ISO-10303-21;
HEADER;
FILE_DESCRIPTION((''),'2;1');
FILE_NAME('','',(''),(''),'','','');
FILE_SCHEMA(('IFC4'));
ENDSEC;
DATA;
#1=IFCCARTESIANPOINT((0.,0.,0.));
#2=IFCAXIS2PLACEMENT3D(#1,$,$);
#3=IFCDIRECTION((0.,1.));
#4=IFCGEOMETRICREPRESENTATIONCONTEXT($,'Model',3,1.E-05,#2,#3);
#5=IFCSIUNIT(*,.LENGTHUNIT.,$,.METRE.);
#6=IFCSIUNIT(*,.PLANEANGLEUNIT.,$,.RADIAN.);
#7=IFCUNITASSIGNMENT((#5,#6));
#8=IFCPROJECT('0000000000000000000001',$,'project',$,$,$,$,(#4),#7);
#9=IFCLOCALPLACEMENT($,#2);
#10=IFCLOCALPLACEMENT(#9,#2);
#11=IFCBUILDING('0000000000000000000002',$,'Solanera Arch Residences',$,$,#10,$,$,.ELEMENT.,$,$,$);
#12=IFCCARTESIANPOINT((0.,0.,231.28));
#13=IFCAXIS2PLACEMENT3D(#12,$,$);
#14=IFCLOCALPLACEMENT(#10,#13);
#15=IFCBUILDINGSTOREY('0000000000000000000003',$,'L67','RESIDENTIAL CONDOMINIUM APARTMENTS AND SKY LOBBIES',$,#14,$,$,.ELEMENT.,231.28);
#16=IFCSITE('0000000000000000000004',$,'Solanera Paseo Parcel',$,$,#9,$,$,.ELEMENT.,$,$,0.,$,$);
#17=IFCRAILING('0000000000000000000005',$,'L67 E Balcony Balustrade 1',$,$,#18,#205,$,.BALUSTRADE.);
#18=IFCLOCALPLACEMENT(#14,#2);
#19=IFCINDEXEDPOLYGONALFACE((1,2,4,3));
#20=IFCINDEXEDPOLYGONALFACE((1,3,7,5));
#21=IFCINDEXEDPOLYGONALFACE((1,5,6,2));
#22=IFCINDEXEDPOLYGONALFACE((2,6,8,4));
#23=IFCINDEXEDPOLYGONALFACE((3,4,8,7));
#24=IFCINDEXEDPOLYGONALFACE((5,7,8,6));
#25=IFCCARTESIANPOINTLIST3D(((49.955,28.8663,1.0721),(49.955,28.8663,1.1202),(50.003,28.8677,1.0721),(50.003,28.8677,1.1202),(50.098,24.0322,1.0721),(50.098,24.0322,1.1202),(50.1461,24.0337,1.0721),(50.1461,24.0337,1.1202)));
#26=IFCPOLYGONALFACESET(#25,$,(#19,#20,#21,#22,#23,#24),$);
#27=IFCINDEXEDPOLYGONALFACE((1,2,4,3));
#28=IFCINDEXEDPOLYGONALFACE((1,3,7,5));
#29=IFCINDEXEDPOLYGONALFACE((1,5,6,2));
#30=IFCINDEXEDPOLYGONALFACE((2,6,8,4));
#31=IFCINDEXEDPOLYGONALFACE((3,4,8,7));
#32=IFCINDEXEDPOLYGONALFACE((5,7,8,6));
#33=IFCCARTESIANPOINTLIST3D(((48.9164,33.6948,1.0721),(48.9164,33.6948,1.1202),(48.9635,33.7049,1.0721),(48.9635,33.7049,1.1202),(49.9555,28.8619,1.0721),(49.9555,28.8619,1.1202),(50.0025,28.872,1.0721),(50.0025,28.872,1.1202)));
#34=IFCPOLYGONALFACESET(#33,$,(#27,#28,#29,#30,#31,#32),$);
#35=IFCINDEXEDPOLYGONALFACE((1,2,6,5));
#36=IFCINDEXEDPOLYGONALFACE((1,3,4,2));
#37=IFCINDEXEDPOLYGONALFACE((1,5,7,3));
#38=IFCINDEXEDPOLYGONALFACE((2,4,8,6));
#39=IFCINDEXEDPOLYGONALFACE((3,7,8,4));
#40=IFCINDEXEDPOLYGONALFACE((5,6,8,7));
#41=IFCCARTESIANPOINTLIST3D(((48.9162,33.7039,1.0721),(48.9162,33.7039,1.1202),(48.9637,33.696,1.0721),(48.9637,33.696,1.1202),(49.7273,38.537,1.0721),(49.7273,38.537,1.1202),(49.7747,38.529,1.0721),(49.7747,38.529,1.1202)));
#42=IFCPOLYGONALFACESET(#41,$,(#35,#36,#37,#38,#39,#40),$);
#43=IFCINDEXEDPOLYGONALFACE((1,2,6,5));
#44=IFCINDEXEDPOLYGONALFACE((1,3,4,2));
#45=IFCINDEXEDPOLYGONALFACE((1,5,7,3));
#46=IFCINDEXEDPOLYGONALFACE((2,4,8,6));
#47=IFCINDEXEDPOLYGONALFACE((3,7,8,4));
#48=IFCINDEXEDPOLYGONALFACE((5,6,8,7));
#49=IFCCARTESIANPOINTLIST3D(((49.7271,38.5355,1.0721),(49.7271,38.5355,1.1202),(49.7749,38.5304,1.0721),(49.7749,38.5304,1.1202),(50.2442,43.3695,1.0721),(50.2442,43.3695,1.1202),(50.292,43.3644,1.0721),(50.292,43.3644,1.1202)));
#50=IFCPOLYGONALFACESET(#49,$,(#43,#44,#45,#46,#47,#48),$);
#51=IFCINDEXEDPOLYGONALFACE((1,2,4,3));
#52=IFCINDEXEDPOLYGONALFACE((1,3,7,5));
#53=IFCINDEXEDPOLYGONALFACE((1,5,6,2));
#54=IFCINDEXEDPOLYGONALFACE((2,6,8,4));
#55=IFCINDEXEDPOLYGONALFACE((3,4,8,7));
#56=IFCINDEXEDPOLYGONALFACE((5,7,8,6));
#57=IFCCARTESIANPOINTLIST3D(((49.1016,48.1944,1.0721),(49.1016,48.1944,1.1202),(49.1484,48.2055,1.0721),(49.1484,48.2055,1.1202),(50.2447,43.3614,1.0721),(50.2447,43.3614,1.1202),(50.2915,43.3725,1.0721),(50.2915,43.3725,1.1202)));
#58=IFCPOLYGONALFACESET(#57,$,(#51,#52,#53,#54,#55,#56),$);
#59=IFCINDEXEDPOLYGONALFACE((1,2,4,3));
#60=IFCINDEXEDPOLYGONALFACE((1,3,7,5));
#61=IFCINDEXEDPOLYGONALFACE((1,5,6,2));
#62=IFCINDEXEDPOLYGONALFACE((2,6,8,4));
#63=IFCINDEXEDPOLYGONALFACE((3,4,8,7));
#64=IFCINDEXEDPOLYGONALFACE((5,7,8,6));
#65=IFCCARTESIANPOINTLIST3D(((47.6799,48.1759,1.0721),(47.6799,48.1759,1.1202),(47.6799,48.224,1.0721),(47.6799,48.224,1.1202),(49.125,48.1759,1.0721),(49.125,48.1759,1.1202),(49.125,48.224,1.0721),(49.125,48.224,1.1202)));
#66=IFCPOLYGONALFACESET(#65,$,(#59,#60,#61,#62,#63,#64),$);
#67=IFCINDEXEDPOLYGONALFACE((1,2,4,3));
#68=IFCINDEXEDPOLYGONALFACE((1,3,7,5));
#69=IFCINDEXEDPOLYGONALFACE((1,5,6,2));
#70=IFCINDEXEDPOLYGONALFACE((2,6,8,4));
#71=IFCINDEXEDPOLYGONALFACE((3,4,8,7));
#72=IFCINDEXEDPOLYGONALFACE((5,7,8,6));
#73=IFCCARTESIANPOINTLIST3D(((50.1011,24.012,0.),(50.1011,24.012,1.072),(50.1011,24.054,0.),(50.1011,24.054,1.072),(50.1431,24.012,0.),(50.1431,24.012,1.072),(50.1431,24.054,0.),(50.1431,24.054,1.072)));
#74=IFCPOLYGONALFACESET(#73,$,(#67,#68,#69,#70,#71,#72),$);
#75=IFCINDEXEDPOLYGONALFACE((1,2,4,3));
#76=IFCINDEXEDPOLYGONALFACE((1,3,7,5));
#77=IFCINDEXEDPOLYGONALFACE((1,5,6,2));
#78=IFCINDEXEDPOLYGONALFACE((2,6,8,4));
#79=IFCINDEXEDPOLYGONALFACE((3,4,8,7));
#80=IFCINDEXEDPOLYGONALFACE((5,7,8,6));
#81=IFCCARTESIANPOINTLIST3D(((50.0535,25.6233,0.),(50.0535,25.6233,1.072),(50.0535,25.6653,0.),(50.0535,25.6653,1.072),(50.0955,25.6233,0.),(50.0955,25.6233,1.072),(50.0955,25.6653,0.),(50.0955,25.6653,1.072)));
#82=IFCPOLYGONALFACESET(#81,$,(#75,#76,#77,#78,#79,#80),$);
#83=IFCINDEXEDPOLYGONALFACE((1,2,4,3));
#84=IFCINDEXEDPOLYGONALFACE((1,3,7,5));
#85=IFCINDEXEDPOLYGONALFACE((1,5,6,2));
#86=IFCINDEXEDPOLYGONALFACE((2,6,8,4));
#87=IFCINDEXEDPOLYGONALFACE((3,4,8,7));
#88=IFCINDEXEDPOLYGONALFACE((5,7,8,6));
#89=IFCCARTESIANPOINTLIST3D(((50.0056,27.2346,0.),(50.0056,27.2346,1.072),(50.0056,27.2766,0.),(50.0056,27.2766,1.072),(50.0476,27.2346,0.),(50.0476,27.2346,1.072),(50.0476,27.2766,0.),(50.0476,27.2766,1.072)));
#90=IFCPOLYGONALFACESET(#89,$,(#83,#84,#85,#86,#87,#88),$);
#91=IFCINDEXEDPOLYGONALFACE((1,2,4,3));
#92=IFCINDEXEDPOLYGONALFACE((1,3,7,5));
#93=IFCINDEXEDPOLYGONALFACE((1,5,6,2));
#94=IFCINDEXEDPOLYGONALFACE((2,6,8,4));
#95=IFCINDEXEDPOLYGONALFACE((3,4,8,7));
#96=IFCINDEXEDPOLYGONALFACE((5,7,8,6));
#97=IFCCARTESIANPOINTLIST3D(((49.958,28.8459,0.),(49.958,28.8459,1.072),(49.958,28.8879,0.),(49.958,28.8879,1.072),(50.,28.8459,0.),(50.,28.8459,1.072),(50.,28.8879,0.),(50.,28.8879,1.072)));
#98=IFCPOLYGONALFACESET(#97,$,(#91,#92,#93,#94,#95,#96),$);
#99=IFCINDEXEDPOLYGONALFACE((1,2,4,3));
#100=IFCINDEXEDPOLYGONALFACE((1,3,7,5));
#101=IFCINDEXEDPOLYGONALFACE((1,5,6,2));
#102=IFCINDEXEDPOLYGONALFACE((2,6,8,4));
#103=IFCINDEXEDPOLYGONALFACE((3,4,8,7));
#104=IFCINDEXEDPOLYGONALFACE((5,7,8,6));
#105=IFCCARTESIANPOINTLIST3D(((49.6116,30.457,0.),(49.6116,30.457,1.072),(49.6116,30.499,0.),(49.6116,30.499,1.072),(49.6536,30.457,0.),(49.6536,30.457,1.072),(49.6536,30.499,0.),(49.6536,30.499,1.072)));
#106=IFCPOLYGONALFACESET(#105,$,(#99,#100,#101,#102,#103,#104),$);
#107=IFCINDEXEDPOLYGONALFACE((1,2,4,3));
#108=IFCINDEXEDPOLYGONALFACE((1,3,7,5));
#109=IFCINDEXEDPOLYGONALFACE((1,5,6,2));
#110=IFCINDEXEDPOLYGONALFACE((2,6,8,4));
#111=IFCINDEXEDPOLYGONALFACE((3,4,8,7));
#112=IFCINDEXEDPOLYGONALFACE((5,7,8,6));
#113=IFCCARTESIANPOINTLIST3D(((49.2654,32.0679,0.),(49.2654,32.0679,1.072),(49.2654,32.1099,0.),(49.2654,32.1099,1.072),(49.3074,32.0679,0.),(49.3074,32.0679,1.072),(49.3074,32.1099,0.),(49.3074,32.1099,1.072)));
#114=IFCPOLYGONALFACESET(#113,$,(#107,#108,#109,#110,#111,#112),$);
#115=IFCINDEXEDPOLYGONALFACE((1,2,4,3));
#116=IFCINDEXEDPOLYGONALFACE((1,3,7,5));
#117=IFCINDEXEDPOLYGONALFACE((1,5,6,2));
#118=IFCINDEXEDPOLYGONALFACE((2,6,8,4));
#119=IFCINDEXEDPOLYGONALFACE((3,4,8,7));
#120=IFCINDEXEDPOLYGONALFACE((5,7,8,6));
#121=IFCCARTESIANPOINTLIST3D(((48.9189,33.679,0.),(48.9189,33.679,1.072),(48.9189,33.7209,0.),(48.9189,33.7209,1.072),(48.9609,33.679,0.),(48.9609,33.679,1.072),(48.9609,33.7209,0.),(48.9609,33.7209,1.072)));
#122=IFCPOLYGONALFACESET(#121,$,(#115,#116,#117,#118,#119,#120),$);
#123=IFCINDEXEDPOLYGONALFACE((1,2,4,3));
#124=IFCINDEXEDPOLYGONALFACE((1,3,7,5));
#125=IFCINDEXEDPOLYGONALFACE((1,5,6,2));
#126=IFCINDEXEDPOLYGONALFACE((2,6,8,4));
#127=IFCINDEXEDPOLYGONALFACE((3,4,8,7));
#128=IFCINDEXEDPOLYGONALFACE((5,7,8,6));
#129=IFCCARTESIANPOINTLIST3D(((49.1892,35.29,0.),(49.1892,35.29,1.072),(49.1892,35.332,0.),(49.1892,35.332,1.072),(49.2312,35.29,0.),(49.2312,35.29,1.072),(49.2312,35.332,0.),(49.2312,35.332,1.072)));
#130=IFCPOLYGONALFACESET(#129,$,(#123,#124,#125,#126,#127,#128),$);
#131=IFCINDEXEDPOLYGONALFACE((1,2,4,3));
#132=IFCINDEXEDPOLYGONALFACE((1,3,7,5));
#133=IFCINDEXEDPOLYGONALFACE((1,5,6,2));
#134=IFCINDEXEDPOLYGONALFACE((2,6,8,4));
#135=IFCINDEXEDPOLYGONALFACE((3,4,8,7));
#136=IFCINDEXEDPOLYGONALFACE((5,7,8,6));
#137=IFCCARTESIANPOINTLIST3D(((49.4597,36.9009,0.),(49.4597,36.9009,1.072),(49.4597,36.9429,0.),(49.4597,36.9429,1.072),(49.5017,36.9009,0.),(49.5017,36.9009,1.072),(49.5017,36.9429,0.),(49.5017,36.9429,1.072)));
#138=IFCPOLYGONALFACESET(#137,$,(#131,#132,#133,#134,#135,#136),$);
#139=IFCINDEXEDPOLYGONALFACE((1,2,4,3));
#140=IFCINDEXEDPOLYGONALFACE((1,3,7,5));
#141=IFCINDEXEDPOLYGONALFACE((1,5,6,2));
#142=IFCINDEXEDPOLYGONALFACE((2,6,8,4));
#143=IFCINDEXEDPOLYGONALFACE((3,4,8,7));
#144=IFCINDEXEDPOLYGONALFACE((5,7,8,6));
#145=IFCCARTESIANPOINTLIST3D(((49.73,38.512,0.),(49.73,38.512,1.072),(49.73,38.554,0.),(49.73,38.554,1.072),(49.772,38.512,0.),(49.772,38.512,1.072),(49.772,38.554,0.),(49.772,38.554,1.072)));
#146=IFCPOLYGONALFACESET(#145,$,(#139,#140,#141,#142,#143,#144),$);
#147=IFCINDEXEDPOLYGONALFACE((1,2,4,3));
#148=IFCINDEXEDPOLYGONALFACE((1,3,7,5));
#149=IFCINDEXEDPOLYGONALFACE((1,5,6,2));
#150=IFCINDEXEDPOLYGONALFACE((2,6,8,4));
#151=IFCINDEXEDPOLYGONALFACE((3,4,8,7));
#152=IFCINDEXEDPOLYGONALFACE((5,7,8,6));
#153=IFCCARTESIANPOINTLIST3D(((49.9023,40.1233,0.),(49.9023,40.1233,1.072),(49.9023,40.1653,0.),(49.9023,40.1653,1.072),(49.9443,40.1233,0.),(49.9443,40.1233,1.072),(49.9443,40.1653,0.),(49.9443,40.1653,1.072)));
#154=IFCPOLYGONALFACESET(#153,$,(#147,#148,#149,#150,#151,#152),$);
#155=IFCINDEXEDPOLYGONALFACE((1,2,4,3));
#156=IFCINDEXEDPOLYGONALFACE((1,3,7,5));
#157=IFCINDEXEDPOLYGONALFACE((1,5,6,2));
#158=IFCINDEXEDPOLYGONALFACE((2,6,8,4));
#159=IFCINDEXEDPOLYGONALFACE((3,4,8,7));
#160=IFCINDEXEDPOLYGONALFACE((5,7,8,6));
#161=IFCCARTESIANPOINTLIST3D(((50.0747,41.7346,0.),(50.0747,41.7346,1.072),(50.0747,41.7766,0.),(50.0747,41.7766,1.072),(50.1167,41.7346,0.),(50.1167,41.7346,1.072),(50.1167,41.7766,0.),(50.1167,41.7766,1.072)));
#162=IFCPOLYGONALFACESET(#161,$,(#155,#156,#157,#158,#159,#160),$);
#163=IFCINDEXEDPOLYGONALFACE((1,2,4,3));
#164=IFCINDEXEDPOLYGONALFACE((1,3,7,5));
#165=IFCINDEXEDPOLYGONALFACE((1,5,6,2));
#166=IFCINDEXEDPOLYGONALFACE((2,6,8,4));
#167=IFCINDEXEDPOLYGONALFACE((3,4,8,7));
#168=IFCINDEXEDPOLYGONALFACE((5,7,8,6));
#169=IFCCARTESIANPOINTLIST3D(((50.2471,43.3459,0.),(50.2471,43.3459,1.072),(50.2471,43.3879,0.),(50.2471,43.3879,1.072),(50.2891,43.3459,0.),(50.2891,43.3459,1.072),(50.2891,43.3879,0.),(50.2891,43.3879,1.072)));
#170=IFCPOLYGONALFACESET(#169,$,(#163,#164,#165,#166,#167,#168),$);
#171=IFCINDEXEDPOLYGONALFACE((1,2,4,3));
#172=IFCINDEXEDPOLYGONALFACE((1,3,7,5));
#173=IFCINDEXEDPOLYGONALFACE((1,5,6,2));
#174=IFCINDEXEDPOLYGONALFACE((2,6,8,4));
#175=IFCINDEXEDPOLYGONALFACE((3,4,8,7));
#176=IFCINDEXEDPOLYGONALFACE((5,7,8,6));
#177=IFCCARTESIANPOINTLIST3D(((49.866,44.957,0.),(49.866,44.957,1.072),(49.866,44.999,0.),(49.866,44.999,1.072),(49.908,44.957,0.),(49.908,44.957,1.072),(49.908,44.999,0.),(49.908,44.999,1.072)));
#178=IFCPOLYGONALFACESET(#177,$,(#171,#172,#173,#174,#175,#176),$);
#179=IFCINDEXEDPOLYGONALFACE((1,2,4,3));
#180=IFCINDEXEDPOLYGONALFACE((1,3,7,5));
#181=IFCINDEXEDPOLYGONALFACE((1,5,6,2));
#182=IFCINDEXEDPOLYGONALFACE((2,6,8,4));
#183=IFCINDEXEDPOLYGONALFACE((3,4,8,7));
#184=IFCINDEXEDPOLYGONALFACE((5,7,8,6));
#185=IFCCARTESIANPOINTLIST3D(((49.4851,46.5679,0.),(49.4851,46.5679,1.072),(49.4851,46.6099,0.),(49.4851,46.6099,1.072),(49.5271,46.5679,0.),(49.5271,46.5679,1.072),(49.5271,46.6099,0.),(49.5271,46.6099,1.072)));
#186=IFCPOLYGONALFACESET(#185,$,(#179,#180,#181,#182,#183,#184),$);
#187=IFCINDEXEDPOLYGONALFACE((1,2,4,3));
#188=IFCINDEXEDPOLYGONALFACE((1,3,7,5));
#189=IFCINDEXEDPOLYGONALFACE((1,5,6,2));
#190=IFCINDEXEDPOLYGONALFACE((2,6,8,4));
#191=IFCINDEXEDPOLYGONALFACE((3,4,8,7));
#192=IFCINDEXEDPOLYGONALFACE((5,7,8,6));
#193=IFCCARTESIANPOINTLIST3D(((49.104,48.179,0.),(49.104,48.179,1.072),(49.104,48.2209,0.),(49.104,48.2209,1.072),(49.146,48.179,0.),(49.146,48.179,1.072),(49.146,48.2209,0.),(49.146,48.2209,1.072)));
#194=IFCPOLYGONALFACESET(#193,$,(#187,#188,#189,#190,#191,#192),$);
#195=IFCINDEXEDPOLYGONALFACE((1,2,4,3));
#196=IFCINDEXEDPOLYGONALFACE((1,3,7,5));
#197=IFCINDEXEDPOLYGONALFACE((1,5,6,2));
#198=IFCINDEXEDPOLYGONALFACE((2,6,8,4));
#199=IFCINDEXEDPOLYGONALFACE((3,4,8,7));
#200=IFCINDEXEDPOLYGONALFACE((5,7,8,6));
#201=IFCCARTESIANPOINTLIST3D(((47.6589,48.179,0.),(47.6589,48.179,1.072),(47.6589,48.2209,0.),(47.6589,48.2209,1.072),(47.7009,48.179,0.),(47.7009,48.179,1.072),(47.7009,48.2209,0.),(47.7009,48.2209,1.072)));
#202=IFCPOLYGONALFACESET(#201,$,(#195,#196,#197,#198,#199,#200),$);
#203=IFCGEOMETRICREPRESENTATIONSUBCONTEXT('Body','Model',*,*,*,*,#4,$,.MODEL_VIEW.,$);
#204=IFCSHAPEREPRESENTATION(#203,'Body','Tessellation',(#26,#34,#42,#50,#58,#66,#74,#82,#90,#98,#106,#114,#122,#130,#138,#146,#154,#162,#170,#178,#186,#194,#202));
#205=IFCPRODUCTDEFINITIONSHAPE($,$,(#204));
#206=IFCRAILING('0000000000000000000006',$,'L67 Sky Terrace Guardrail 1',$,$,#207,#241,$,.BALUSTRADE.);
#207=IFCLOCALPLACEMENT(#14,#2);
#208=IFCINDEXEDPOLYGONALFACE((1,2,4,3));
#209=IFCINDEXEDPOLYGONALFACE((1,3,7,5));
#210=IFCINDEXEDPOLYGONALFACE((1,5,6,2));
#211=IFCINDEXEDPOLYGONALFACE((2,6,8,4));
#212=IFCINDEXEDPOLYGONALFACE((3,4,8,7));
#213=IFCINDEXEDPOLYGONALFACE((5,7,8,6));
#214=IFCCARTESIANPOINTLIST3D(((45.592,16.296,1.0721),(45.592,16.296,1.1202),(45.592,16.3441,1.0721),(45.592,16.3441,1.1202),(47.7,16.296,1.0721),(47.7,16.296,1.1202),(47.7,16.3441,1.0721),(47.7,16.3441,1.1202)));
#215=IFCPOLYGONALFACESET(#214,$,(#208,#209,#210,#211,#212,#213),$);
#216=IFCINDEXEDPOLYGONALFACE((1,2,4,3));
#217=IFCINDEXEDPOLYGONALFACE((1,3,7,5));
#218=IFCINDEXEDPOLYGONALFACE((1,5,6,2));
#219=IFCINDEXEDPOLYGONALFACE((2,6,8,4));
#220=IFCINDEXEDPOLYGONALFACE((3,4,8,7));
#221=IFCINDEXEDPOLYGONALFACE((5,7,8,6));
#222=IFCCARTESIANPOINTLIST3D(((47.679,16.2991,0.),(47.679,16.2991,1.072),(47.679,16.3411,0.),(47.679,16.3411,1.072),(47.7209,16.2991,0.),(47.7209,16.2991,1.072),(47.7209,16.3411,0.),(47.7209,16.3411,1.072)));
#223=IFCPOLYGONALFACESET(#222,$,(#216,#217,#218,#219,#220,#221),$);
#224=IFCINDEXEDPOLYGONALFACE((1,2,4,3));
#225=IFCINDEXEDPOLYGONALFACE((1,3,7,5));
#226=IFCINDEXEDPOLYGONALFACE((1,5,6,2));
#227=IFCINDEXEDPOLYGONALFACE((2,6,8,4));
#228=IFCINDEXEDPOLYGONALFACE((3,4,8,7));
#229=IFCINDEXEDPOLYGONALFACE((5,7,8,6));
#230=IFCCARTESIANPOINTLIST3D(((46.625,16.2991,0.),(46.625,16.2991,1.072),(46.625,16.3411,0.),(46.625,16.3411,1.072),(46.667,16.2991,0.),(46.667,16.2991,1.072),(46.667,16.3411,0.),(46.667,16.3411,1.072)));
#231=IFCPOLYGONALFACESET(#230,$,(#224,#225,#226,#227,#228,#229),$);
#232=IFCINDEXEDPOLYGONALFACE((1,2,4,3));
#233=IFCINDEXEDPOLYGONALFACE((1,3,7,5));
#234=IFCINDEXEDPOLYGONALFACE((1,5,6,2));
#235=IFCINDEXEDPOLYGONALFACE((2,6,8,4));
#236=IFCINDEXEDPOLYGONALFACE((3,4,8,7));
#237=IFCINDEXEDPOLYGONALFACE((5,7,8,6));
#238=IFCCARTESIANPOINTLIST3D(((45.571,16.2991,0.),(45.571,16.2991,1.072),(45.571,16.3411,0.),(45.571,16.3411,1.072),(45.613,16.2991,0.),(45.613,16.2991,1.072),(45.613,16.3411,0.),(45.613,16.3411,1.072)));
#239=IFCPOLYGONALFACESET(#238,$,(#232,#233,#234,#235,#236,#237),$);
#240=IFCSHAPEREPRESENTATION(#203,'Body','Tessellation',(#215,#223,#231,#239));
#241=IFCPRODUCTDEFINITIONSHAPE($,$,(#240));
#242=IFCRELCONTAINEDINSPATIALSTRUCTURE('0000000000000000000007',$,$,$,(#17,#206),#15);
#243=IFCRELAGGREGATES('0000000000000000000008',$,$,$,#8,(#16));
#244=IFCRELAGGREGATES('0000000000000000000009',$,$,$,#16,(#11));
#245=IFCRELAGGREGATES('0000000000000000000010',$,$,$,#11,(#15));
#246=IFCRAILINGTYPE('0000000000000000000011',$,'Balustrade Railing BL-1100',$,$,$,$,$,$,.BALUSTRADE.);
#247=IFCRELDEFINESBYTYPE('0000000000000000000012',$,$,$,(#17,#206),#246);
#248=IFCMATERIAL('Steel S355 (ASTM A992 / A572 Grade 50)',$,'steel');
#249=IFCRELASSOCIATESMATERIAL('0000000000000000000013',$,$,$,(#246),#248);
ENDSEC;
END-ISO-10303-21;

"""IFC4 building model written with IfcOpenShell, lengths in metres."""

from ifc_helpers import new_model, si_unit, direction, frame, origin, origin_2d, place, context, subcontext, project, spatial, rectangle, extrude, material, type_object, element, save


model = new_model("IFC4")

# Units and contexts
model_context = context("Model", 3, precision=1e-05, world=origin(), true_north=direction((0.0, 1.0)))
body_context = subcontext(model_context, "Body", "Model", "MODEL_VIEW")
ifc_project = project(units=[si_unit("LENGTHUNIT", "METRE"), si_unit("PLANEANGLEUNIT", "RADIAN")], contexts=[model_context])

# Site, building, storey
site_placement = place(None, origin())
site = spatial("IfcSite", under=ifc_project, at=site_placement, Name="Solanera Paseo Parcel", CompositionType="ELEMENT", RefElevation=0.0)
building_placement = place(site_placement, origin())
building = spatial("IfcBuilding", under=site, at=building_placement, Name="Solanera Arch Residences", CompositionType="ELEMENT")
storey_placement = place(building_placement, frame((0.0, 0.0, 231.28)))
storey = spatial("IfcBuildingStorey", under=building, at=storey_placement, Name="L67", Description="RESIDENTIAL CONDOMINIUM APARTMENTS AND SKY LOBBIES", CompositionType="ELEMENT", Elevation=231.28)

# Railings
ifc_material_1 = material(Name="Steel S355 (ASTM A992 / A572 Grade 50)", Category="steel")
railing_type = type_object("IfcRailingType", Name="Balustrade Railing BL-1100", PredefinedType="BALUSTRADE", material=ifc_material_1)
railing_1_placement = place(storey_placement, frame((50.1221, 24.033, 0.0)))
element("IfcRailing", 1, at=railing_1_placement, inside=storey, type_object=railing_type, Name="L67 E Balcony Balustrade 1", PredefinedType="BALUSTRADE", context=body_context, shape_type="SweptSolid", body=[
    extrude(rectangle(XDim=0.0481, YDim=0.0481, at=origin_2d()), frame((0.0, 0.0, 1.0962), z_axis=(-0.029583, 0.999562, 0.0), x_axis=(-0.999562, -0.029583, 0.0)), (0.0, 0.0, 1.0), 4.8362),
    extrude(rectangle(XDim=0.0481, YDim=0.0481, at=origin_2d()), frame((-0.1431, 4.834, 1.0962), z_axis=(-0.21019, 0.977661, 0.0), x_axis=(-0.977661, -0.21019, 0.0)), (0.0, 0.0, 1.0), 4.9434),
    extrude(rectangle(XDim=0.0481, YDim=0.0481, at=origin_2d()), frame((-1.1821, 9.667, 1.0962), z_axis=(0.165498, 0.98621, 0.0), x_axis=(-0.98621, 0.165498, 0.0)), (0.0, 0.0, 1.0), 4.9006),
    extrude(rectangle(XDim=0.0481, YDim=0.0481, at=origin_2d()), frame((-0.3711, 14.5, 1.0962), z_axis=(0.106363, 0.994327, 0.0), x_axis=(-0.994327, 0.106363, 0.0)), (0.0, 0.0, 1.0), 4.8616),
    extrude(rectangle(XDim=0.0481, YDim=0.0481, at=origin_2d()), frame((0.146, 19.334, 1.0962), z_axis=(-0.230163, 0.973152, 0.0), x_axis=(-0.973152, -0.230163, 0.0)), (0.0, 0.0, 1.0), 4.9663),
    extrude(rectangle(XDim=0.0481, YDim=0.0481, at=origin_2d()), frame((-0.9971, 24.167, 1.0962), z_axis=(-1.0, 0.0, 0.0), x_axis=(0.0, -1.0, 0.0)), (0.0, 0.0, 1.0), 1.4451),
    extrude(rectangle(XDim=0.042, YDim=0.042, at=origin_2d()), origin(), (0.0, 0.0, 1.0), 1.072),
    extrude(rectangle(XDim=0.042, YDim=0.042, at=origin_2d()), frame((-0.0476, 1.6113, 0.0)), (0.0, 0.0, 1.0), 1.072),
    extrude(rectangle(XDim=0.042, YDim=0.042, at=origin_2d()), frame((-0.0955, 3.2227, 0.0)), (0.0, 0.0, 1.0), 1.072),
    extrude(rectangle(XDim=0.042, YDim=0.042, at=origin_2d()), frame((-0.1431, 4.834, 0.0)), (0.0, 0.0, 1.0), 1.072),
    extrude(rectangle(XDim=0.042, YDim=0.042, at=origin_2d()), frame((-0.4895, 6.4451, 0.0)), (0.0, 0.0, 1.0), 1.072),
    extrude(rectangle(XDim=0.042, YDim=0.042, at=origin_2d()), frame((-0.8357, 8.0559, 0.0)), (0.0, 0.0, 1.0), 1.072),
    extrude(rectangle(XDim=0.042, YDim=0.042, at=origin_2d()), frame((-1.1821, 9.667, 0.0)), (0.0, 0.0, 1.0), 1.072),
    extrude(rectangle(XDim=0.042, YDim=0.042, at=origin_2d()), frame((-0.9119, 11.2781, 0.0)), (0.0, 0.0, 1.0), 1.072),
    extrude(rectangle(XDim=0.042, YDim=0.042, at=origin_2d()), frame((-0.6414, 12.8889, 0.0)), (0.0, 0.0, 1.0), 1.072),
    extrude(rectangle(XDim=0.042, YDim=0.042, at=origin_2d()), frame((-0.3711, 14.5, 0.0)), (0.0, 0.0, 1.0), 1.072),
    extrude(rectangle(XDim=0.042, YDim=0.042, at=origin_2d()), frame((-0.1987, 16.1113, 0.0)), (0.0, 0.0, 1.0), 1.072),
    extrude(rectangle(XDim=0.042, YDim=0.042, at=origin_2d()), frame((-0.0264, 17.7227, 0.0)), (0.0, 0.0, 1.0), 1.072),
    extrude(rectangle(XDim=0.042, YDim=0.042, at=origin_2d()), frame((0.146, 19.334, 0.0)), (0.0, 0.0, 1.0), 1.072),
    extrude(rectangle(XDim=0.042, YDim=0.042, at=origin_2d()), frame((-0.2351, 20.9451, 0.0)), (0.0, 0.0, 1.0), 1.072),
    extrude(rectangle(XDim=0.042, YDim=0.042, at=origin_2d()), frame((-0.616, 22.5559, 0.0)), (0.0, 0.0, 1.0), 1.072),
    extrude(rectangle(XDim=0.042, YDim=0.042, at=origin_2d()), frame((-0.9971, 24.167, 0.0)), (0.0, 0.0, 1.0), 1.072),
    extrude(rectangle(XDim=0.042, YDim=0.042, at=origin_2d()), frame((-2.4421, 24.167, 0.0)), (0.0, 0.0, 1.0), 1.072),
])
railing_2_placement = place(storey_placement, frame((47.7, 16.3201, 0.0)))
element("IfcRailing", 2, at=railing_2_placement, inside=storey, type_object=railing_type, Name="L67 Sky Terrace Guardrail 1", PredefinedType="BALUSTRADE", context=body_context, shape_type="SweptSolid", body=[
    extrude(rectangle(XDim=0.0481, YDim=0.0481, at=origin_2d()), frame((0.0, 0.0, 1.0962), z_axis=(-1.0, 0.0, 0.0), x_axis=(0.0, -1.0, 0.0)), (0.0, 0.0, 1.0), 2.1079),
    extrude(rectangle(XDim=0.042, YDim=0.042, at=origin_2d()), origin(), (0.0, 0.0, 1.0), 1.072),
    extrude(rectangle(XDim=0.042, YDim=0.042, at=origin_2d()), frame((-1.054, 0.0, 0.0)), (0.0, 0.0, 1.0), 1.072),
    extrude(rectangle(XDim=0.042, YDim=0.042, at=origin_2d()), frame((-2.1079, 0.0, 0.0)), (0.0, 0.0, 1.0), 1.072),
])

save(model, "model.ifc")
